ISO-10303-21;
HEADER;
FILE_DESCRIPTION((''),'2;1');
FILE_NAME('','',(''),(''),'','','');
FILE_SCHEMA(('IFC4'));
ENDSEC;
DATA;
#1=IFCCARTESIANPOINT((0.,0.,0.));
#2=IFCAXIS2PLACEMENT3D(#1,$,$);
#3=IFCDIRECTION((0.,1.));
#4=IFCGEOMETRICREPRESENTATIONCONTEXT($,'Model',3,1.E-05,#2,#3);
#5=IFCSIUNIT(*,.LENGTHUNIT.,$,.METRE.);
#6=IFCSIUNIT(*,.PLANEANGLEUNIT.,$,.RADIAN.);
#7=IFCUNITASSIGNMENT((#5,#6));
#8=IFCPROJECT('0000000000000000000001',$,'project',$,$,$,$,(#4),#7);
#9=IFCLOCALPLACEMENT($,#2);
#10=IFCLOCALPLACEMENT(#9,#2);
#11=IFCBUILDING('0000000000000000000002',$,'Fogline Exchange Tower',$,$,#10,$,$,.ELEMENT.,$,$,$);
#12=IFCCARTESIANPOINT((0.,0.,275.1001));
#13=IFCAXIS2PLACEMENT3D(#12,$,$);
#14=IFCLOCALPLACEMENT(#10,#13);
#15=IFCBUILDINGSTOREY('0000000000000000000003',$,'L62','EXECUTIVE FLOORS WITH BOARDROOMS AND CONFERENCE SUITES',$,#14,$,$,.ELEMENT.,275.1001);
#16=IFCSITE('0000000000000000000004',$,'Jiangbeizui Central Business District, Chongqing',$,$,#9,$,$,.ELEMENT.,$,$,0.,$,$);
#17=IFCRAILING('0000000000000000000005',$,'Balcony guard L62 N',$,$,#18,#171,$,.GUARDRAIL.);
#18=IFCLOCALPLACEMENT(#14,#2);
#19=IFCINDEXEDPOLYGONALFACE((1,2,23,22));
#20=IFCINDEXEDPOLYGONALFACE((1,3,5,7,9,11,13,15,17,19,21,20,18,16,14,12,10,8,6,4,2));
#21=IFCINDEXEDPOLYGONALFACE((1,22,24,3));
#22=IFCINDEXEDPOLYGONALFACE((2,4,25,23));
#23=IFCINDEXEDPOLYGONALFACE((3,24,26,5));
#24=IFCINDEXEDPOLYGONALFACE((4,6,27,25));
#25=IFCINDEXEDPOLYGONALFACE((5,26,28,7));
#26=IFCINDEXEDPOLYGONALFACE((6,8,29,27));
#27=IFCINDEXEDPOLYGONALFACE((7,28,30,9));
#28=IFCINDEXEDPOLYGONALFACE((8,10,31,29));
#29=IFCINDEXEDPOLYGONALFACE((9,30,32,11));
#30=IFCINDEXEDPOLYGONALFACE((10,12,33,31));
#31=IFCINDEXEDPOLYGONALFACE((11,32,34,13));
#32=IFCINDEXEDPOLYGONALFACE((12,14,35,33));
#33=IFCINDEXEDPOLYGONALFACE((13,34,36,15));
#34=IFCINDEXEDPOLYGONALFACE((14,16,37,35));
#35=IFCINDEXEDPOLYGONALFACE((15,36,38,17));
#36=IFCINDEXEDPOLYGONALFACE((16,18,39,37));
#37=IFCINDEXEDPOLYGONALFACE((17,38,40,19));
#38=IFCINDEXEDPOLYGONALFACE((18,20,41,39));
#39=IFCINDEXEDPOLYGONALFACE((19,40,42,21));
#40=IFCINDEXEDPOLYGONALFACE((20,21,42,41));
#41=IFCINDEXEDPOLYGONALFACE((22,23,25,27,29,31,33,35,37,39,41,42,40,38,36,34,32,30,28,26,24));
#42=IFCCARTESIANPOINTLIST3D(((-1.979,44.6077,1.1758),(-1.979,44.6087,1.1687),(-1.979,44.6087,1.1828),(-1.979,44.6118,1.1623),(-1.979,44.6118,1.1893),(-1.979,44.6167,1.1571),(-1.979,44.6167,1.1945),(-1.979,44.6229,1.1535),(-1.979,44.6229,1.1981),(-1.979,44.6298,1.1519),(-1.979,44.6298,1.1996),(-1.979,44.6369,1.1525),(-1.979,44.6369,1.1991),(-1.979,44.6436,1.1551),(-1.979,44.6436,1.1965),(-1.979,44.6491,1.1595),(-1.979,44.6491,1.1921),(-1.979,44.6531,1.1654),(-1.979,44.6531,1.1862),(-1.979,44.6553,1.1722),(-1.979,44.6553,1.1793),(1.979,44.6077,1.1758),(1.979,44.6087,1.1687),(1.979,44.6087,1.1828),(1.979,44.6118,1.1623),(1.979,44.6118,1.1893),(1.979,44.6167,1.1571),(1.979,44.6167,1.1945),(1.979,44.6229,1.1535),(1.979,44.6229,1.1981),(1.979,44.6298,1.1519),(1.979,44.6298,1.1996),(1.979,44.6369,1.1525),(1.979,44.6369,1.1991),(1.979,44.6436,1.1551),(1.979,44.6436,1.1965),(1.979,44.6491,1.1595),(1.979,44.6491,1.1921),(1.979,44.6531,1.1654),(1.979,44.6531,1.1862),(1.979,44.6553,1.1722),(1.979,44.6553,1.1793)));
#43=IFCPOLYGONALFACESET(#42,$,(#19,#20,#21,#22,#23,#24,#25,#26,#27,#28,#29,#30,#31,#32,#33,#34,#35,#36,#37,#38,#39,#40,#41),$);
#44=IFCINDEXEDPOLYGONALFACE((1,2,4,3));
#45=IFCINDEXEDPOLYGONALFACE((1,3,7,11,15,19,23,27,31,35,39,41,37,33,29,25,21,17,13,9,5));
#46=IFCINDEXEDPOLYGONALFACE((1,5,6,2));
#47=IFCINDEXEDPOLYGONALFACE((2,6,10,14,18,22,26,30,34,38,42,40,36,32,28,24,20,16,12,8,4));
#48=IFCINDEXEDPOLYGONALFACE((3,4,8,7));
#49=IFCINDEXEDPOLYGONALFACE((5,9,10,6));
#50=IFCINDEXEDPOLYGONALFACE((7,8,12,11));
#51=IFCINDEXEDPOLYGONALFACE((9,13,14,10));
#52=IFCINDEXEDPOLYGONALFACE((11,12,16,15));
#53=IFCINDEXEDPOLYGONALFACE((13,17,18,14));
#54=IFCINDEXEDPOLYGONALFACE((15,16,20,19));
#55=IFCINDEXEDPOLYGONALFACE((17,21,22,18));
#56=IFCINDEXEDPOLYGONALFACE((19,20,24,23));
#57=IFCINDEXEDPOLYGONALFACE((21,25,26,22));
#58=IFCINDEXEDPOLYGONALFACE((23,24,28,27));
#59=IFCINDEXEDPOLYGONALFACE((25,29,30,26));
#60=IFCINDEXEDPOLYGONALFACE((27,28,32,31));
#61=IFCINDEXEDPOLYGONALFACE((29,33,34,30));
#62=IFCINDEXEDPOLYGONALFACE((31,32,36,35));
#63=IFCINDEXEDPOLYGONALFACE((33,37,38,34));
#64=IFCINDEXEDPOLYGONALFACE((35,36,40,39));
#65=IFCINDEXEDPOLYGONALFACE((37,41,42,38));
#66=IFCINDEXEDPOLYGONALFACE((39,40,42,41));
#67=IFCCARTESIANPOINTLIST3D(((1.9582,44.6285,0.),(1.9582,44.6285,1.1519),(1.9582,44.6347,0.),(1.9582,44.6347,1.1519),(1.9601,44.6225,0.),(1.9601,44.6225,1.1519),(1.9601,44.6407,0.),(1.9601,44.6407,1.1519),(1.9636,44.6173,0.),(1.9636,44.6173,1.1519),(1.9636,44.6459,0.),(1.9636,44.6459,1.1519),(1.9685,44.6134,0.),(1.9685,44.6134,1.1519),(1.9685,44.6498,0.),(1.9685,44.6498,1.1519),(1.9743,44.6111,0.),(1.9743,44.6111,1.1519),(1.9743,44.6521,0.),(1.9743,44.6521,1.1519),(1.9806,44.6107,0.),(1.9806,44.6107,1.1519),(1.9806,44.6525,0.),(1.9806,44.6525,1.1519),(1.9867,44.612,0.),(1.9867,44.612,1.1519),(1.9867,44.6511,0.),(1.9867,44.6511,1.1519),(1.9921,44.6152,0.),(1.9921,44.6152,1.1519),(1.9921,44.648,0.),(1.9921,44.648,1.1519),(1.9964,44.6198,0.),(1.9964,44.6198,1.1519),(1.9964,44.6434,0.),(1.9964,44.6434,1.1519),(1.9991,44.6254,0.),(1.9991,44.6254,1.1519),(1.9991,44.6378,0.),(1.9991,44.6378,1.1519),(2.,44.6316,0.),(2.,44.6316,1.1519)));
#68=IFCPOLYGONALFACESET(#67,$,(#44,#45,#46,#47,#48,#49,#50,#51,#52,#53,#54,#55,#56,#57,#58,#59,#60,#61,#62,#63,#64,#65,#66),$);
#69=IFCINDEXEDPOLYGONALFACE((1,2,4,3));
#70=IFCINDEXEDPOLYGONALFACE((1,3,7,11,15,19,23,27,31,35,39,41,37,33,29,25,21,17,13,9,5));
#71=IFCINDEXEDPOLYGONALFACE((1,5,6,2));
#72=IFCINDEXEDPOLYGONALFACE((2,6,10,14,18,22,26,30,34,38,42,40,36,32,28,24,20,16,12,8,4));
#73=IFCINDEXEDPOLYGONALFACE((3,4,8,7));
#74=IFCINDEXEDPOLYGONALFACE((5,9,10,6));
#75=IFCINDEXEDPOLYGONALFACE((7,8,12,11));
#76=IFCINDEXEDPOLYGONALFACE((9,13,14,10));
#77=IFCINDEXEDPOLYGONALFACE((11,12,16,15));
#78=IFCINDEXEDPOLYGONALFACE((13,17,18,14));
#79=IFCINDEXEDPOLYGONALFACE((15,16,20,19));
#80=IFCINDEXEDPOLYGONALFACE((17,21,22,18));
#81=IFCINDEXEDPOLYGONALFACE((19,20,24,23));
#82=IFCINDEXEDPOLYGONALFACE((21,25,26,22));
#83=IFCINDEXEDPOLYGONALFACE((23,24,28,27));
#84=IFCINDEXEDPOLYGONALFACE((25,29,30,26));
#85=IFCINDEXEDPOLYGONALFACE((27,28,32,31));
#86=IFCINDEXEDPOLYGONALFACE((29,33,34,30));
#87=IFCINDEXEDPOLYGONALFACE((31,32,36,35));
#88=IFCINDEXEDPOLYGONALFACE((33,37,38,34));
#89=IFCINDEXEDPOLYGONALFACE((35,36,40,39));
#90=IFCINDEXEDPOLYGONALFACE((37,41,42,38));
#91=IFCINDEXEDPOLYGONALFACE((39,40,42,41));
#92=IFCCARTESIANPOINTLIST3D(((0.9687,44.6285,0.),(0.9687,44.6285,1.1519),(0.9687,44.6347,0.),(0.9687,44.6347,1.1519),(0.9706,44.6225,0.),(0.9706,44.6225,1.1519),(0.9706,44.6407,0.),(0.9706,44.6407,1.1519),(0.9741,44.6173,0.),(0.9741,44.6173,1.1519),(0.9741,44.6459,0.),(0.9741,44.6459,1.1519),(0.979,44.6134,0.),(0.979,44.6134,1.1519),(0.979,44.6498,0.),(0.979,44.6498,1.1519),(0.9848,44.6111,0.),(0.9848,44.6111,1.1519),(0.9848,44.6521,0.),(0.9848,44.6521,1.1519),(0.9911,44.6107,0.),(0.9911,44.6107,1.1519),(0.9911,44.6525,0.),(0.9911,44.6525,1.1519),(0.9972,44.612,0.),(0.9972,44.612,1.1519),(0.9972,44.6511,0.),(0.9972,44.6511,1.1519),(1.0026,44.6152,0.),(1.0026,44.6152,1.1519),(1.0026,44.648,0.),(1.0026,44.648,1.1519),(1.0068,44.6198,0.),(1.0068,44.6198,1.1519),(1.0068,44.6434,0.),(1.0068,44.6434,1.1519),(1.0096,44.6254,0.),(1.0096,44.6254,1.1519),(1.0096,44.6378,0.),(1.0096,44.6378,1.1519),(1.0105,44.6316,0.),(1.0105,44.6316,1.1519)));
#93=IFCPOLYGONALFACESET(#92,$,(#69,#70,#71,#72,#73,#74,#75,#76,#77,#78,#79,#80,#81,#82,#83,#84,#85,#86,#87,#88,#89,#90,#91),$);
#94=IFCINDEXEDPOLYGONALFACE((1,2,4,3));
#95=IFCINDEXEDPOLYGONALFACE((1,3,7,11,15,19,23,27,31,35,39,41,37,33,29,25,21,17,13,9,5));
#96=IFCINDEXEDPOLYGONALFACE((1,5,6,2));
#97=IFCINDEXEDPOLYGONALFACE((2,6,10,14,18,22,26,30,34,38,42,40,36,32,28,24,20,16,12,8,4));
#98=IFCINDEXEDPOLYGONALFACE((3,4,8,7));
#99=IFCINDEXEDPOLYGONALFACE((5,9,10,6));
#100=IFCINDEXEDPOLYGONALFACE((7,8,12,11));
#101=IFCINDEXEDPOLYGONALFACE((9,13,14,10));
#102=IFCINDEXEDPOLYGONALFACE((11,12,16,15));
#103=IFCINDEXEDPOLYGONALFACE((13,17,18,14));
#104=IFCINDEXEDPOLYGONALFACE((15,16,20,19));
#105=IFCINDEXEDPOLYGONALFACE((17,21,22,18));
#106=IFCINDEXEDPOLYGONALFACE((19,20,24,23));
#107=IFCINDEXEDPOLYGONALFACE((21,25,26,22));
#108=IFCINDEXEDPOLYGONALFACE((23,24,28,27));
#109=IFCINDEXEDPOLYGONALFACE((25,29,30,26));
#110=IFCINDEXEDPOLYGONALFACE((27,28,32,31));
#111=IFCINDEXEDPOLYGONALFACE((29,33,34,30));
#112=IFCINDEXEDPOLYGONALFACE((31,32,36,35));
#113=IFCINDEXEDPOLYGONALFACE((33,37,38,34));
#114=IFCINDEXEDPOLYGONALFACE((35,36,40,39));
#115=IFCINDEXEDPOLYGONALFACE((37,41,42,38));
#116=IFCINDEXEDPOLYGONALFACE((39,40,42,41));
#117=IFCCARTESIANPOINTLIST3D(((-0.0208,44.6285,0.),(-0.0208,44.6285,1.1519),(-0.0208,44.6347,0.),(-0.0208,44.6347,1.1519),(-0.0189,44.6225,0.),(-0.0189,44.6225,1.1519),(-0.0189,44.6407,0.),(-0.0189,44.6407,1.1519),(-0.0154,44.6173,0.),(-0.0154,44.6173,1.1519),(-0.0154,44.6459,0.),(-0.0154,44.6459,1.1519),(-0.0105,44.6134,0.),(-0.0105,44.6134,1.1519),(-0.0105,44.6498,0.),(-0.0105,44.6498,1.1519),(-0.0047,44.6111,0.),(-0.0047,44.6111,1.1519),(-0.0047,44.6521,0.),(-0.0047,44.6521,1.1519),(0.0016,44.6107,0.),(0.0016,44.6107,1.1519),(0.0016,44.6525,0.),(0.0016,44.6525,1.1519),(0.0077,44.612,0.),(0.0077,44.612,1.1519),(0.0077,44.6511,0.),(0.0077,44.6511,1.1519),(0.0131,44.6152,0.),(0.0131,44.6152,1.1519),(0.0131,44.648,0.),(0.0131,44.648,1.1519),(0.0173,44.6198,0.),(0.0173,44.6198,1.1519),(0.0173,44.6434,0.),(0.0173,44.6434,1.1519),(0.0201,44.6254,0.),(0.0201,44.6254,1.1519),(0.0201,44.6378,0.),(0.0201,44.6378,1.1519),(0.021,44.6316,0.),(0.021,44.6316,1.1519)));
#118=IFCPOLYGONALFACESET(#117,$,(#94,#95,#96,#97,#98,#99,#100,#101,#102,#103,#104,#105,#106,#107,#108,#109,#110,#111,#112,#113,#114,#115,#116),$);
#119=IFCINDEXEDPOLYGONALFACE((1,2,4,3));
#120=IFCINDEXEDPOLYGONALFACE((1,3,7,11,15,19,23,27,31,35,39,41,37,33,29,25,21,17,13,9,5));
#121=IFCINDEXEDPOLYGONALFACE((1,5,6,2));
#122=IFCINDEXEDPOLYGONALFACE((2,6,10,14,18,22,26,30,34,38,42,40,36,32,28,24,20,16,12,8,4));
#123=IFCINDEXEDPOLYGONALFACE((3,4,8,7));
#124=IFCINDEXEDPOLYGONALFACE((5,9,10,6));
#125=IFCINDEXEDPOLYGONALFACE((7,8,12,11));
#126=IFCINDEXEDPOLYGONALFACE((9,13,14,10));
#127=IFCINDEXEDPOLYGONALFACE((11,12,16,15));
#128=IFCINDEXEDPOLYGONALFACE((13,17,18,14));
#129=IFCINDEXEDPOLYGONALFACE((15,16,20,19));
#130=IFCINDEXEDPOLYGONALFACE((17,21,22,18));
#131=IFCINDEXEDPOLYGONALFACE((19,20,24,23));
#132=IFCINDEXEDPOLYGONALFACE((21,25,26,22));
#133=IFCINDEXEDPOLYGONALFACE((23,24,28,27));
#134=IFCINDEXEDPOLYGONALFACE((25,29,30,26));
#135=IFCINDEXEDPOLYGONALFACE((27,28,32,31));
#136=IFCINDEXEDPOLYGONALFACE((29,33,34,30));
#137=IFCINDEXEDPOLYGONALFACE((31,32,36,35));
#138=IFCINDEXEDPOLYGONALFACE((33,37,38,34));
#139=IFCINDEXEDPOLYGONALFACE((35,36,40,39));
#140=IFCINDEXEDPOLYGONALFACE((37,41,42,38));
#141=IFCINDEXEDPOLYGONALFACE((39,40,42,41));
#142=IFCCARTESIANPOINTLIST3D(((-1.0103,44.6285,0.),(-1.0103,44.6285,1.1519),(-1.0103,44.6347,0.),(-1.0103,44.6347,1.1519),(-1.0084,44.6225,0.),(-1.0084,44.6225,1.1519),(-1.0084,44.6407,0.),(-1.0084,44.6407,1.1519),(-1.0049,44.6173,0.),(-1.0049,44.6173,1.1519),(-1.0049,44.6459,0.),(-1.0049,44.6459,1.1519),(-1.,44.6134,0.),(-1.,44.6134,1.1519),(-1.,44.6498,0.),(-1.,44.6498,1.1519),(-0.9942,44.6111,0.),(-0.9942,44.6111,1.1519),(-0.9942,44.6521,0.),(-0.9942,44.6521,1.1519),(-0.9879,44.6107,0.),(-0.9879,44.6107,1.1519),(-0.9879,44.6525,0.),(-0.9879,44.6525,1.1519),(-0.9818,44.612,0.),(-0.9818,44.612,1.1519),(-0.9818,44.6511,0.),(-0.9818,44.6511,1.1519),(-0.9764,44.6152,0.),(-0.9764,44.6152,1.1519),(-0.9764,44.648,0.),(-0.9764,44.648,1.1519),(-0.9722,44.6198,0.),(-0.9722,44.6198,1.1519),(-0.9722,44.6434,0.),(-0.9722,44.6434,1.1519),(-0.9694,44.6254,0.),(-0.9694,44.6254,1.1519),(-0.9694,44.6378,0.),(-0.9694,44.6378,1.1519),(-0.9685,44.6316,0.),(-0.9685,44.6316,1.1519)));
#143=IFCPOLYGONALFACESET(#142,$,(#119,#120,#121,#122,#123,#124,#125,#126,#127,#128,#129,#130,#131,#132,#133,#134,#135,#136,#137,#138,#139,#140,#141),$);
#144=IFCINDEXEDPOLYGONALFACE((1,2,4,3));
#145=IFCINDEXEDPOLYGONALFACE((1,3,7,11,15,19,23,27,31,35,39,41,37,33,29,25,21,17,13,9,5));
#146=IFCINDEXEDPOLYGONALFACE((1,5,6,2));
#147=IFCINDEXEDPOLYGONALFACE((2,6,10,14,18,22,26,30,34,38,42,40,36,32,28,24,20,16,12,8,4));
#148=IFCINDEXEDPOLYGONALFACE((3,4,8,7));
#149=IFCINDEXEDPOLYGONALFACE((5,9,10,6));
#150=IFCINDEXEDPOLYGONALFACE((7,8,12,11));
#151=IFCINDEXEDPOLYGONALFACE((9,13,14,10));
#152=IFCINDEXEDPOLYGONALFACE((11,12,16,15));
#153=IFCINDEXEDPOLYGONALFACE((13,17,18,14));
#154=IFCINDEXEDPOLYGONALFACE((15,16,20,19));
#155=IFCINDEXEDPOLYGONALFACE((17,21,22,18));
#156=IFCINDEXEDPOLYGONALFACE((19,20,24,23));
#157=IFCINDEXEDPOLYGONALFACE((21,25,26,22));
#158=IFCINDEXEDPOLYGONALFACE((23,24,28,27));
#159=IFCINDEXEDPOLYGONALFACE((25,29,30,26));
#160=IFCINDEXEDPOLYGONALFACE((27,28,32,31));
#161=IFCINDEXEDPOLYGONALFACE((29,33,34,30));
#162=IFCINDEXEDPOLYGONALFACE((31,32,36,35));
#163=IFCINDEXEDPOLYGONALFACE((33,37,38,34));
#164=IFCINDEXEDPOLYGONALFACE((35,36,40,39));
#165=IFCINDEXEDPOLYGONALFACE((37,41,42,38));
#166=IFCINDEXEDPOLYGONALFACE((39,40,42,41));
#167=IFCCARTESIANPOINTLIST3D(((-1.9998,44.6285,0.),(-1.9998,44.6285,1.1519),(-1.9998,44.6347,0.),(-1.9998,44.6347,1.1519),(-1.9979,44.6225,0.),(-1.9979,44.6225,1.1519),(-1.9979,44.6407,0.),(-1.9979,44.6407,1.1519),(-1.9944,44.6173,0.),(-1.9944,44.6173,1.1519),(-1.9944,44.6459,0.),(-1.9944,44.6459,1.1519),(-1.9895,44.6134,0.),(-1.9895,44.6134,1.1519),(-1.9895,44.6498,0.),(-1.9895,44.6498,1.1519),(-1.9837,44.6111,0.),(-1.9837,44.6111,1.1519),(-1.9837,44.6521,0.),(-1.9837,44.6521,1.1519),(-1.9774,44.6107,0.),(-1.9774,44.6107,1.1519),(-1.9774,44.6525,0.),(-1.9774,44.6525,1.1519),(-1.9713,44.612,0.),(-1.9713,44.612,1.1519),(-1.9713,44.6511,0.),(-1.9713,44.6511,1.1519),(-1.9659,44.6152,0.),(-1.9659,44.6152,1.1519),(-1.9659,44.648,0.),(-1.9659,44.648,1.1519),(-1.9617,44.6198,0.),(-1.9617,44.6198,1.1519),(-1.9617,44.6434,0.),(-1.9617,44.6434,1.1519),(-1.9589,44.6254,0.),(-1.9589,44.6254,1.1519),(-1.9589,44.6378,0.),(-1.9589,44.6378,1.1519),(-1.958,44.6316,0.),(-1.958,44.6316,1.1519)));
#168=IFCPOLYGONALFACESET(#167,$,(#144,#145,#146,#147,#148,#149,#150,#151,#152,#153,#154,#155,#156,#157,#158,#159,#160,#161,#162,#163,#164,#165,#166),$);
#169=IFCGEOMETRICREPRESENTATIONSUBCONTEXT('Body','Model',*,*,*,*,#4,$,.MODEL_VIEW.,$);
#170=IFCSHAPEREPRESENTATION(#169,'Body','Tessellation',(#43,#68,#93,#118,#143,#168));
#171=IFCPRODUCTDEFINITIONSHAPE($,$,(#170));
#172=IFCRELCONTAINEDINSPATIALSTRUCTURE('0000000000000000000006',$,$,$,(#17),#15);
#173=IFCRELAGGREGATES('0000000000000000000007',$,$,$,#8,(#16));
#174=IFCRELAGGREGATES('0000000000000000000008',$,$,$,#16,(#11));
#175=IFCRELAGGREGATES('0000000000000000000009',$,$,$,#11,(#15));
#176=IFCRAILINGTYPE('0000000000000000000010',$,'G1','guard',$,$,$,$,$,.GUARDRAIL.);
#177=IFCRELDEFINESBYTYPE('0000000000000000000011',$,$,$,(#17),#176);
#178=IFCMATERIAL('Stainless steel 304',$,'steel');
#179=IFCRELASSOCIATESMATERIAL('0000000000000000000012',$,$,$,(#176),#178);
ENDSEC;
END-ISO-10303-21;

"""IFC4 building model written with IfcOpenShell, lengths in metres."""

from ifc_helpers import new_model, si_unit, direction, frame, origin, origin_2d, place, context, subcontext, project, spatial, circle, extrude, material, type_object, element, save


model = new_model("IFC4")

# Units and contexts
model_context = context("Model", 3, precision=1e-05, world=origin(), true_north=direction((0.0, 1.0)))
body_context = subcontext(model_context, "Body", "Model", "MODEL_VIEW")
ifc_project = project(units=[si_unit("LENGTHUNIT", "METRE"), si_unit("PLANEANGLEUNIT", "RADIAN")], contexts=[model_context])

# Site, building, storey
site_placement = place(None, origin())
site = spatial("IfcSite", under=ifc_project, at=site_placement, Name="Jiangbeizui Central Business District, Chongqing", CompositionType="ELEMENT", RefElevation=0.0)
building_placement = place(site_placement, origin())
building = spatial("IfcBuilding", under=site, at=building_placement, Name="Fogline Exchange Tower", CompositionType="ELEMENT")
storey_placement = place(building_placement, frame((0.0, 0.0, 275.1001)))
storey = spatial("IfcBuildingStorey", under=building, at=storey_placement, Name="L62", Description="EXECUTIVE FLOORS WITH BOARDROOMS AND CONFERENCE SUITES", CompositionType="ELEMENT", Elevation=275.1001)

# Railing
ifc_material_1 = material(Name="Stainless steel 304", Category="steel")
railing_type = type_object("IfcRailingType", Name="G1", Description="guard", PredefinedType="GUARDRAIL", material=ifc_material_1)
railing_placement = place(storey_placement, frame((1.979, 44.6316, 0.0)))
element("IfcRailing", 1, at=railing_placement, inside=storey, type_object=railing_type, Name="Balcony guard L62 N", PredefinedType="GUARDRAIL", context=body_context, shape_type="SweptSolid", body=[
    extrude(circle(Radius=0.0239, at=origin_2d()), frame((0.0, 0.0, 1.1758), z_axis=(-1.0, 0.0, 0.0), x_axis=(0.0, -1.0, 0.0)), (0.0, 0.0, 1.0), 3.958),
    extrude(circle(Radius=0.021, at=origin_2d()), origin(), (0.0, 0.0, 1.0), 1.1519),
    extrude(circle(Radius=0.021, at=origin_2d()), frame((-0.9895, 0.0, 0.0)), (0.0, 0.0, 1.0), 1.1519),
    extrude(circle(Radius=0.021, at=origin_2d()), frame((-1.979, 0.0, 0.0)), (0.0, 0.0, 1.0), 1.1519),
    extrude(circle(Radius=0.021, at=origin_2d()), frame((-2.9685, 0.0, 0.0)), (0.0, 0.0, 1.0), 1.1519),
    extrude(circle(Radius=0.021, at=origin_2d()), frame((-3.958, 0.0, 0.0)), (0.0, 0.0, 1.0), 1.1519),
])

save(model, "model.ifc")
